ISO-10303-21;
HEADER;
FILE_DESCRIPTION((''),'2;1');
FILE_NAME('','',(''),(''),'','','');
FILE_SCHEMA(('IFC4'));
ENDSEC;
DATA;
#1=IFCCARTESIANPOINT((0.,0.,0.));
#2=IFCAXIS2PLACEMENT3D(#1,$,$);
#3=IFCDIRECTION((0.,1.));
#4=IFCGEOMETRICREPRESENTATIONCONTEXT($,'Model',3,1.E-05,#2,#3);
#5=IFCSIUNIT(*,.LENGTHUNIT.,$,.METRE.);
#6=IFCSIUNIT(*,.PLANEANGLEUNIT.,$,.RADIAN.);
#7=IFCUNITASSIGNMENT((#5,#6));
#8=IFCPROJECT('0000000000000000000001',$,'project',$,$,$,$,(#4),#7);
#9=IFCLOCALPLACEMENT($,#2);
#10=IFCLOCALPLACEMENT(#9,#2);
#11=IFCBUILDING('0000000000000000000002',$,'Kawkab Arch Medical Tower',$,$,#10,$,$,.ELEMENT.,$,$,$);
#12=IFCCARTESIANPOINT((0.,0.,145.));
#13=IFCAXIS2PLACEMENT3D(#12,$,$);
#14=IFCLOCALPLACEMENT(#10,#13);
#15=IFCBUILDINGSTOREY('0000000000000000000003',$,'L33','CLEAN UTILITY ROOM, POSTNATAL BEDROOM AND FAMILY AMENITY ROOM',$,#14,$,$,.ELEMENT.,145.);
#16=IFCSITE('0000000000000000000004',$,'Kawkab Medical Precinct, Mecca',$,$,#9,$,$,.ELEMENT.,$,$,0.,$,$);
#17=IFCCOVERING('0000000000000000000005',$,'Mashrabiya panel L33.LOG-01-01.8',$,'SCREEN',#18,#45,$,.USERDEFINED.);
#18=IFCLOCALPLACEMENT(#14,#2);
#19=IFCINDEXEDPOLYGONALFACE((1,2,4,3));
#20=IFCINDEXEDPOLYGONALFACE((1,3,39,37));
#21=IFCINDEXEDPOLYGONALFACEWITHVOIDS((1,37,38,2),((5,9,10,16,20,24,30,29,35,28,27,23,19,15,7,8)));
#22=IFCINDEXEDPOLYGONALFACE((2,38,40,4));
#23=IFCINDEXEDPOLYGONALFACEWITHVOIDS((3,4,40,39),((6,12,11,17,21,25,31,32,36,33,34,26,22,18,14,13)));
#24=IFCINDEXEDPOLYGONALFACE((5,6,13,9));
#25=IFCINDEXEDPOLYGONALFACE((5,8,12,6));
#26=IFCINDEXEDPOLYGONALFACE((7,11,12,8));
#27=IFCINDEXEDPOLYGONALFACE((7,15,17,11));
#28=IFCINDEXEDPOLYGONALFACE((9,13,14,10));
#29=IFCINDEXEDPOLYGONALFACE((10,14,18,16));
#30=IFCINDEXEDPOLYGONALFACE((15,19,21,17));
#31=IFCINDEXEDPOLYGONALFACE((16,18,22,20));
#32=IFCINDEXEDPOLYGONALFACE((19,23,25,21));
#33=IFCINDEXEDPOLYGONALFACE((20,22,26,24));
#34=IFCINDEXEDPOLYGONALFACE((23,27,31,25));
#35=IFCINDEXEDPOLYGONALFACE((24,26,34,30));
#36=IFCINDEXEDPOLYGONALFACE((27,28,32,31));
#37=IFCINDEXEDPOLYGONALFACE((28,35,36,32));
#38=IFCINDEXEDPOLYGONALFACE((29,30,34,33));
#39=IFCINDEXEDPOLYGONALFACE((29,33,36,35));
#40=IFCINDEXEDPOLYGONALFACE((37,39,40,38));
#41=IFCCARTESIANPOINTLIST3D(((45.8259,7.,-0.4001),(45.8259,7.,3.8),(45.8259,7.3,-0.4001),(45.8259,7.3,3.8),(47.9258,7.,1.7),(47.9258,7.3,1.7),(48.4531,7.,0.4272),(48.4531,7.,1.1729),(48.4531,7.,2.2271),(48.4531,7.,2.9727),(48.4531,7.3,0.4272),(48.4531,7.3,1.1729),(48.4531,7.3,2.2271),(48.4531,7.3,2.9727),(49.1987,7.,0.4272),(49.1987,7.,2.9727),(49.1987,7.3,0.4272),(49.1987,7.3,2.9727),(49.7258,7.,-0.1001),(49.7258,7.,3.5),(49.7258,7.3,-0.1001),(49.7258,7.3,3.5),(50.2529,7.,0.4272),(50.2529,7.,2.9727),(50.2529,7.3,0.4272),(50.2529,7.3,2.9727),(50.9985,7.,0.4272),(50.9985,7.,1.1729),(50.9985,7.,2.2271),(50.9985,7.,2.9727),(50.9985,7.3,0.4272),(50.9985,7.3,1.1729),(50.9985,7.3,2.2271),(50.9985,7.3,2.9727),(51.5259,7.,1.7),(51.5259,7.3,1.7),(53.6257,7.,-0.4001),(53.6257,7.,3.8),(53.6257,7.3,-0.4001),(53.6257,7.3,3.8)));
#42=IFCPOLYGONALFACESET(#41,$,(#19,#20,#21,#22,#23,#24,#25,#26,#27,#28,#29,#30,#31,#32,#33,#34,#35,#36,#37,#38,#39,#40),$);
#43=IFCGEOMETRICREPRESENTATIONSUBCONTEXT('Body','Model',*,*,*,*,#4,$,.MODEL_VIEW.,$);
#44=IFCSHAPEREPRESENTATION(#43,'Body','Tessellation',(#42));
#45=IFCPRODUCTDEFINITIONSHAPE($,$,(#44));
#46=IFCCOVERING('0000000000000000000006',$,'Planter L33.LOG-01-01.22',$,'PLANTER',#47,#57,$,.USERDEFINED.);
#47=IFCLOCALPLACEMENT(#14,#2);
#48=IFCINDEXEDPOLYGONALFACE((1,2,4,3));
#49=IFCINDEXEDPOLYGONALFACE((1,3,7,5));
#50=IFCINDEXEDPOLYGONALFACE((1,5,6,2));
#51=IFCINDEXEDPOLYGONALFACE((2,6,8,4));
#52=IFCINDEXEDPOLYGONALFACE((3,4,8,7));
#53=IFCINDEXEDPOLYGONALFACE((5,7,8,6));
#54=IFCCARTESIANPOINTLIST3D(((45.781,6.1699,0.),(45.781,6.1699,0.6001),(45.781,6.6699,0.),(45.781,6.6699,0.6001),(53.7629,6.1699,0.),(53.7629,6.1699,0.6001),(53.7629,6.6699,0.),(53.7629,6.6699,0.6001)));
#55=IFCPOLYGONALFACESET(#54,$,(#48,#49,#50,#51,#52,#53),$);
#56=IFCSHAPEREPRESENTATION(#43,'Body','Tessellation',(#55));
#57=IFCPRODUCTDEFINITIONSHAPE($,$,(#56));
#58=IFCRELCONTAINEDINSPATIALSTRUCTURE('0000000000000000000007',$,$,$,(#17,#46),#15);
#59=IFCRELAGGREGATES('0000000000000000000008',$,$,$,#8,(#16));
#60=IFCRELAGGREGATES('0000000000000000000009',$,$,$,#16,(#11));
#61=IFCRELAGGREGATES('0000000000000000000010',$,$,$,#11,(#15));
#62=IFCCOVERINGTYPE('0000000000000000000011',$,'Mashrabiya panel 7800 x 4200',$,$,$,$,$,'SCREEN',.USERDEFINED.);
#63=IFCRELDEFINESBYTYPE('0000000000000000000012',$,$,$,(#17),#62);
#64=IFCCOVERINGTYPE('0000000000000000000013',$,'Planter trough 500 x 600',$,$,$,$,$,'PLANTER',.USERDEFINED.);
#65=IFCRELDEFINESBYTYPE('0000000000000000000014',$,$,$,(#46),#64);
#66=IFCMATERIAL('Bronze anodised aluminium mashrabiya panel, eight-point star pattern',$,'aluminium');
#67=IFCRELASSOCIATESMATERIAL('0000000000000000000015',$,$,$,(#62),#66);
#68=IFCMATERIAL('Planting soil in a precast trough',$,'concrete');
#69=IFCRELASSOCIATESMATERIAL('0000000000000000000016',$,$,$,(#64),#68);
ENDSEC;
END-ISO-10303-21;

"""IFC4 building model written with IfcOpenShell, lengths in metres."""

from ifc_helpers import new_model, si_unit, direction, frame, origin, origin_2d, place, context, subcontext, project, spatial, polyline, rectangle, outline, extrude, material, material_profile, profile_set, type_object, element, save


model = new_model("IFC4")

# Units and contexts
model_context = context("Model", 3, precision=1e-05, world=origin(), true_north=direction((0.0, 1.0)))
body_context = subcontext(model_context, "Body", "Model", "MODEL_VIEW")
ifc_project = project(units=[si_unit("LENGTHUNIT", "METRE"), si_unit("PLANEANGLEUNIT", "RADIAN")], contexts=[model_context])

# Site, building, storey
site_placement = place(None, origin())
site = spatial("IfcSite", under=ifc_project, at=site_placement, Name="Kawkab Medical Precinct, Mecca", CompositionType="ELEMENT", RefElevation=0.0)
building_placement = place(site_placement, origin())
building = spatial("IfcBuilding", under=site, at=building_placement, Name="Kawkab Arch Medical Tower", CompositionType="ELEMENT")
storey_placement = place(building_placement, frame((0.0, 0.0, 145.0)))
storey = spatial("IfcBuildingStorey", under=building, at=storey_placement, Name="L33", Description="CLEAN UTILITY ROOM, POSTNATAL BEDROOM AND FAMILY AMENITY ROOM", CompositionType="ELEMENT", Elevation=145.0)

# Coverings
ifc_material_1 = material(Name="Bronze anodised aluminium mashrabiya panel, eight-point star pattern", Category="aluminium")
ifc_material_profile_1 = material_profile(ifc_material_1, outline(polyline([(-3.8999, -2.1001), (3.8999, -2.1001), (3.8999, 2.1001), (-3.8999, 2.1001), (-3.8999, -2.1001)]), holes=[polyline([(1.8, 0.0), (1.2727, 0.5271), (1.2727, 1.2727), (0.5271, 1.2727), (0.0, 1.8), (-0.5271, 1.2727), (-1.2727, 1.2727), (-1.2727, 0.5271), (-1.8, 0.0), (-1.2727, -0.5271), (-1.2727, -1.2727), (-0.5271, -1.2727), (0.0, -1.8), (0.5271, -1.2727), (1.2727, -1.2727), (1.2727, -0.5271), (1.8, 0.0)])]), Name="Mashrabiya panel 7800x4200")
ifc_profile_set_1 = profile_set([ifc_material_profile_1], Name="Bronze anodised aluminium mashrabiya panel, eight-point star pattern")
covering_type_1 = type_object("IfcCoveringType", Name="Mashrabiya panel 7800 x 4200", ElementType="SCREEN", PredefinedType="USERDEFINED", material=ifc_profile_set_1)
covering_1_placement = place(storey_placement, frame((49.7258, 7.0, 1.7), z_axis=(0.0, 1.0, 0.0), x_axis=(-1.0, 0.0, 0.0)))
element("IfcCovering", 1, at=covering_1_placement, inside=storey, type_object=covering_type_1, Name="Mashrabiya panel L33.LOG-01-01.8", ObjectType="SCREEN", PredefinedType="USERDEFINED", context=body_context, shape_type="SweptSolid", body=[
    extrude(outline(polyline([(-3.8999, -2.1001), (3.8999, -2.1001), (3.8999, 2.1001), (-3.8999, 2.1001), (-3.8999, -2.1001)]), holes=[polyline([(1.8, 0.0), (1.2727, 0.5271), (1.2727, 1.2727), (0.5271, 1.2727), (0.0, 1.8), (-0.5271, 1.2727), (-1.2727, 1.2727), (-1.2727, 0.5271), (-1.8, 0.0), (-1.2727, -0.5271), (-1.2727, -1.2727), (-0.5271, -1.2727), (0.0, -1.8), (0.5271, -1.2727), (1.2727, -1.2727), (1.2727, -0.5271), (1.8, 0.0)])]), origin(), (0.0, 0.0, 1.0), 0.3),
])
ifc_material_2 = material(Name="Planting soil in a precast trough", Category="concrete")
ifc_material_profile_2 = material_profile(ifc_material_2, rectangle(XDim=0.5, YDim=0.6001, at=origin_2d()), Name="Trough 500x600")
ifc_profile_set_2 = profile_set([ifc_material_profile_2], Name="Planting soil in a precast trough")
covering_type_2 = type_object("IfcCoveringType", Name="Planter trough 500 x 600", ElementType="PLANTER", PredefinedType="USERDEFINED", material=ifc_profile_set_2)
covering_2_placement = place(storey_placement, frame((45.781, 6.4199, 0.3), z_axis=(1.0, 0.0, 0.0), x_axis=(0.0, 1.0, 0.0)))
element("IfcCovering", 2, at=covering_2_placement, inside=storey, type_object=covering_type_2, Name="Planter L33.LOG-01-01.22", ObjectType="PLANTER", PredefinedType="USERDEFINED", context=body_context, shape_type="SweptSolid", body=[
    extrude(rectangle(XDim=0.5, YDim=0.6001, at=origin_2d()), origin(), (0.0, 0.0, 1.0), 7.9819),
])

save(model, "model.ifc")
